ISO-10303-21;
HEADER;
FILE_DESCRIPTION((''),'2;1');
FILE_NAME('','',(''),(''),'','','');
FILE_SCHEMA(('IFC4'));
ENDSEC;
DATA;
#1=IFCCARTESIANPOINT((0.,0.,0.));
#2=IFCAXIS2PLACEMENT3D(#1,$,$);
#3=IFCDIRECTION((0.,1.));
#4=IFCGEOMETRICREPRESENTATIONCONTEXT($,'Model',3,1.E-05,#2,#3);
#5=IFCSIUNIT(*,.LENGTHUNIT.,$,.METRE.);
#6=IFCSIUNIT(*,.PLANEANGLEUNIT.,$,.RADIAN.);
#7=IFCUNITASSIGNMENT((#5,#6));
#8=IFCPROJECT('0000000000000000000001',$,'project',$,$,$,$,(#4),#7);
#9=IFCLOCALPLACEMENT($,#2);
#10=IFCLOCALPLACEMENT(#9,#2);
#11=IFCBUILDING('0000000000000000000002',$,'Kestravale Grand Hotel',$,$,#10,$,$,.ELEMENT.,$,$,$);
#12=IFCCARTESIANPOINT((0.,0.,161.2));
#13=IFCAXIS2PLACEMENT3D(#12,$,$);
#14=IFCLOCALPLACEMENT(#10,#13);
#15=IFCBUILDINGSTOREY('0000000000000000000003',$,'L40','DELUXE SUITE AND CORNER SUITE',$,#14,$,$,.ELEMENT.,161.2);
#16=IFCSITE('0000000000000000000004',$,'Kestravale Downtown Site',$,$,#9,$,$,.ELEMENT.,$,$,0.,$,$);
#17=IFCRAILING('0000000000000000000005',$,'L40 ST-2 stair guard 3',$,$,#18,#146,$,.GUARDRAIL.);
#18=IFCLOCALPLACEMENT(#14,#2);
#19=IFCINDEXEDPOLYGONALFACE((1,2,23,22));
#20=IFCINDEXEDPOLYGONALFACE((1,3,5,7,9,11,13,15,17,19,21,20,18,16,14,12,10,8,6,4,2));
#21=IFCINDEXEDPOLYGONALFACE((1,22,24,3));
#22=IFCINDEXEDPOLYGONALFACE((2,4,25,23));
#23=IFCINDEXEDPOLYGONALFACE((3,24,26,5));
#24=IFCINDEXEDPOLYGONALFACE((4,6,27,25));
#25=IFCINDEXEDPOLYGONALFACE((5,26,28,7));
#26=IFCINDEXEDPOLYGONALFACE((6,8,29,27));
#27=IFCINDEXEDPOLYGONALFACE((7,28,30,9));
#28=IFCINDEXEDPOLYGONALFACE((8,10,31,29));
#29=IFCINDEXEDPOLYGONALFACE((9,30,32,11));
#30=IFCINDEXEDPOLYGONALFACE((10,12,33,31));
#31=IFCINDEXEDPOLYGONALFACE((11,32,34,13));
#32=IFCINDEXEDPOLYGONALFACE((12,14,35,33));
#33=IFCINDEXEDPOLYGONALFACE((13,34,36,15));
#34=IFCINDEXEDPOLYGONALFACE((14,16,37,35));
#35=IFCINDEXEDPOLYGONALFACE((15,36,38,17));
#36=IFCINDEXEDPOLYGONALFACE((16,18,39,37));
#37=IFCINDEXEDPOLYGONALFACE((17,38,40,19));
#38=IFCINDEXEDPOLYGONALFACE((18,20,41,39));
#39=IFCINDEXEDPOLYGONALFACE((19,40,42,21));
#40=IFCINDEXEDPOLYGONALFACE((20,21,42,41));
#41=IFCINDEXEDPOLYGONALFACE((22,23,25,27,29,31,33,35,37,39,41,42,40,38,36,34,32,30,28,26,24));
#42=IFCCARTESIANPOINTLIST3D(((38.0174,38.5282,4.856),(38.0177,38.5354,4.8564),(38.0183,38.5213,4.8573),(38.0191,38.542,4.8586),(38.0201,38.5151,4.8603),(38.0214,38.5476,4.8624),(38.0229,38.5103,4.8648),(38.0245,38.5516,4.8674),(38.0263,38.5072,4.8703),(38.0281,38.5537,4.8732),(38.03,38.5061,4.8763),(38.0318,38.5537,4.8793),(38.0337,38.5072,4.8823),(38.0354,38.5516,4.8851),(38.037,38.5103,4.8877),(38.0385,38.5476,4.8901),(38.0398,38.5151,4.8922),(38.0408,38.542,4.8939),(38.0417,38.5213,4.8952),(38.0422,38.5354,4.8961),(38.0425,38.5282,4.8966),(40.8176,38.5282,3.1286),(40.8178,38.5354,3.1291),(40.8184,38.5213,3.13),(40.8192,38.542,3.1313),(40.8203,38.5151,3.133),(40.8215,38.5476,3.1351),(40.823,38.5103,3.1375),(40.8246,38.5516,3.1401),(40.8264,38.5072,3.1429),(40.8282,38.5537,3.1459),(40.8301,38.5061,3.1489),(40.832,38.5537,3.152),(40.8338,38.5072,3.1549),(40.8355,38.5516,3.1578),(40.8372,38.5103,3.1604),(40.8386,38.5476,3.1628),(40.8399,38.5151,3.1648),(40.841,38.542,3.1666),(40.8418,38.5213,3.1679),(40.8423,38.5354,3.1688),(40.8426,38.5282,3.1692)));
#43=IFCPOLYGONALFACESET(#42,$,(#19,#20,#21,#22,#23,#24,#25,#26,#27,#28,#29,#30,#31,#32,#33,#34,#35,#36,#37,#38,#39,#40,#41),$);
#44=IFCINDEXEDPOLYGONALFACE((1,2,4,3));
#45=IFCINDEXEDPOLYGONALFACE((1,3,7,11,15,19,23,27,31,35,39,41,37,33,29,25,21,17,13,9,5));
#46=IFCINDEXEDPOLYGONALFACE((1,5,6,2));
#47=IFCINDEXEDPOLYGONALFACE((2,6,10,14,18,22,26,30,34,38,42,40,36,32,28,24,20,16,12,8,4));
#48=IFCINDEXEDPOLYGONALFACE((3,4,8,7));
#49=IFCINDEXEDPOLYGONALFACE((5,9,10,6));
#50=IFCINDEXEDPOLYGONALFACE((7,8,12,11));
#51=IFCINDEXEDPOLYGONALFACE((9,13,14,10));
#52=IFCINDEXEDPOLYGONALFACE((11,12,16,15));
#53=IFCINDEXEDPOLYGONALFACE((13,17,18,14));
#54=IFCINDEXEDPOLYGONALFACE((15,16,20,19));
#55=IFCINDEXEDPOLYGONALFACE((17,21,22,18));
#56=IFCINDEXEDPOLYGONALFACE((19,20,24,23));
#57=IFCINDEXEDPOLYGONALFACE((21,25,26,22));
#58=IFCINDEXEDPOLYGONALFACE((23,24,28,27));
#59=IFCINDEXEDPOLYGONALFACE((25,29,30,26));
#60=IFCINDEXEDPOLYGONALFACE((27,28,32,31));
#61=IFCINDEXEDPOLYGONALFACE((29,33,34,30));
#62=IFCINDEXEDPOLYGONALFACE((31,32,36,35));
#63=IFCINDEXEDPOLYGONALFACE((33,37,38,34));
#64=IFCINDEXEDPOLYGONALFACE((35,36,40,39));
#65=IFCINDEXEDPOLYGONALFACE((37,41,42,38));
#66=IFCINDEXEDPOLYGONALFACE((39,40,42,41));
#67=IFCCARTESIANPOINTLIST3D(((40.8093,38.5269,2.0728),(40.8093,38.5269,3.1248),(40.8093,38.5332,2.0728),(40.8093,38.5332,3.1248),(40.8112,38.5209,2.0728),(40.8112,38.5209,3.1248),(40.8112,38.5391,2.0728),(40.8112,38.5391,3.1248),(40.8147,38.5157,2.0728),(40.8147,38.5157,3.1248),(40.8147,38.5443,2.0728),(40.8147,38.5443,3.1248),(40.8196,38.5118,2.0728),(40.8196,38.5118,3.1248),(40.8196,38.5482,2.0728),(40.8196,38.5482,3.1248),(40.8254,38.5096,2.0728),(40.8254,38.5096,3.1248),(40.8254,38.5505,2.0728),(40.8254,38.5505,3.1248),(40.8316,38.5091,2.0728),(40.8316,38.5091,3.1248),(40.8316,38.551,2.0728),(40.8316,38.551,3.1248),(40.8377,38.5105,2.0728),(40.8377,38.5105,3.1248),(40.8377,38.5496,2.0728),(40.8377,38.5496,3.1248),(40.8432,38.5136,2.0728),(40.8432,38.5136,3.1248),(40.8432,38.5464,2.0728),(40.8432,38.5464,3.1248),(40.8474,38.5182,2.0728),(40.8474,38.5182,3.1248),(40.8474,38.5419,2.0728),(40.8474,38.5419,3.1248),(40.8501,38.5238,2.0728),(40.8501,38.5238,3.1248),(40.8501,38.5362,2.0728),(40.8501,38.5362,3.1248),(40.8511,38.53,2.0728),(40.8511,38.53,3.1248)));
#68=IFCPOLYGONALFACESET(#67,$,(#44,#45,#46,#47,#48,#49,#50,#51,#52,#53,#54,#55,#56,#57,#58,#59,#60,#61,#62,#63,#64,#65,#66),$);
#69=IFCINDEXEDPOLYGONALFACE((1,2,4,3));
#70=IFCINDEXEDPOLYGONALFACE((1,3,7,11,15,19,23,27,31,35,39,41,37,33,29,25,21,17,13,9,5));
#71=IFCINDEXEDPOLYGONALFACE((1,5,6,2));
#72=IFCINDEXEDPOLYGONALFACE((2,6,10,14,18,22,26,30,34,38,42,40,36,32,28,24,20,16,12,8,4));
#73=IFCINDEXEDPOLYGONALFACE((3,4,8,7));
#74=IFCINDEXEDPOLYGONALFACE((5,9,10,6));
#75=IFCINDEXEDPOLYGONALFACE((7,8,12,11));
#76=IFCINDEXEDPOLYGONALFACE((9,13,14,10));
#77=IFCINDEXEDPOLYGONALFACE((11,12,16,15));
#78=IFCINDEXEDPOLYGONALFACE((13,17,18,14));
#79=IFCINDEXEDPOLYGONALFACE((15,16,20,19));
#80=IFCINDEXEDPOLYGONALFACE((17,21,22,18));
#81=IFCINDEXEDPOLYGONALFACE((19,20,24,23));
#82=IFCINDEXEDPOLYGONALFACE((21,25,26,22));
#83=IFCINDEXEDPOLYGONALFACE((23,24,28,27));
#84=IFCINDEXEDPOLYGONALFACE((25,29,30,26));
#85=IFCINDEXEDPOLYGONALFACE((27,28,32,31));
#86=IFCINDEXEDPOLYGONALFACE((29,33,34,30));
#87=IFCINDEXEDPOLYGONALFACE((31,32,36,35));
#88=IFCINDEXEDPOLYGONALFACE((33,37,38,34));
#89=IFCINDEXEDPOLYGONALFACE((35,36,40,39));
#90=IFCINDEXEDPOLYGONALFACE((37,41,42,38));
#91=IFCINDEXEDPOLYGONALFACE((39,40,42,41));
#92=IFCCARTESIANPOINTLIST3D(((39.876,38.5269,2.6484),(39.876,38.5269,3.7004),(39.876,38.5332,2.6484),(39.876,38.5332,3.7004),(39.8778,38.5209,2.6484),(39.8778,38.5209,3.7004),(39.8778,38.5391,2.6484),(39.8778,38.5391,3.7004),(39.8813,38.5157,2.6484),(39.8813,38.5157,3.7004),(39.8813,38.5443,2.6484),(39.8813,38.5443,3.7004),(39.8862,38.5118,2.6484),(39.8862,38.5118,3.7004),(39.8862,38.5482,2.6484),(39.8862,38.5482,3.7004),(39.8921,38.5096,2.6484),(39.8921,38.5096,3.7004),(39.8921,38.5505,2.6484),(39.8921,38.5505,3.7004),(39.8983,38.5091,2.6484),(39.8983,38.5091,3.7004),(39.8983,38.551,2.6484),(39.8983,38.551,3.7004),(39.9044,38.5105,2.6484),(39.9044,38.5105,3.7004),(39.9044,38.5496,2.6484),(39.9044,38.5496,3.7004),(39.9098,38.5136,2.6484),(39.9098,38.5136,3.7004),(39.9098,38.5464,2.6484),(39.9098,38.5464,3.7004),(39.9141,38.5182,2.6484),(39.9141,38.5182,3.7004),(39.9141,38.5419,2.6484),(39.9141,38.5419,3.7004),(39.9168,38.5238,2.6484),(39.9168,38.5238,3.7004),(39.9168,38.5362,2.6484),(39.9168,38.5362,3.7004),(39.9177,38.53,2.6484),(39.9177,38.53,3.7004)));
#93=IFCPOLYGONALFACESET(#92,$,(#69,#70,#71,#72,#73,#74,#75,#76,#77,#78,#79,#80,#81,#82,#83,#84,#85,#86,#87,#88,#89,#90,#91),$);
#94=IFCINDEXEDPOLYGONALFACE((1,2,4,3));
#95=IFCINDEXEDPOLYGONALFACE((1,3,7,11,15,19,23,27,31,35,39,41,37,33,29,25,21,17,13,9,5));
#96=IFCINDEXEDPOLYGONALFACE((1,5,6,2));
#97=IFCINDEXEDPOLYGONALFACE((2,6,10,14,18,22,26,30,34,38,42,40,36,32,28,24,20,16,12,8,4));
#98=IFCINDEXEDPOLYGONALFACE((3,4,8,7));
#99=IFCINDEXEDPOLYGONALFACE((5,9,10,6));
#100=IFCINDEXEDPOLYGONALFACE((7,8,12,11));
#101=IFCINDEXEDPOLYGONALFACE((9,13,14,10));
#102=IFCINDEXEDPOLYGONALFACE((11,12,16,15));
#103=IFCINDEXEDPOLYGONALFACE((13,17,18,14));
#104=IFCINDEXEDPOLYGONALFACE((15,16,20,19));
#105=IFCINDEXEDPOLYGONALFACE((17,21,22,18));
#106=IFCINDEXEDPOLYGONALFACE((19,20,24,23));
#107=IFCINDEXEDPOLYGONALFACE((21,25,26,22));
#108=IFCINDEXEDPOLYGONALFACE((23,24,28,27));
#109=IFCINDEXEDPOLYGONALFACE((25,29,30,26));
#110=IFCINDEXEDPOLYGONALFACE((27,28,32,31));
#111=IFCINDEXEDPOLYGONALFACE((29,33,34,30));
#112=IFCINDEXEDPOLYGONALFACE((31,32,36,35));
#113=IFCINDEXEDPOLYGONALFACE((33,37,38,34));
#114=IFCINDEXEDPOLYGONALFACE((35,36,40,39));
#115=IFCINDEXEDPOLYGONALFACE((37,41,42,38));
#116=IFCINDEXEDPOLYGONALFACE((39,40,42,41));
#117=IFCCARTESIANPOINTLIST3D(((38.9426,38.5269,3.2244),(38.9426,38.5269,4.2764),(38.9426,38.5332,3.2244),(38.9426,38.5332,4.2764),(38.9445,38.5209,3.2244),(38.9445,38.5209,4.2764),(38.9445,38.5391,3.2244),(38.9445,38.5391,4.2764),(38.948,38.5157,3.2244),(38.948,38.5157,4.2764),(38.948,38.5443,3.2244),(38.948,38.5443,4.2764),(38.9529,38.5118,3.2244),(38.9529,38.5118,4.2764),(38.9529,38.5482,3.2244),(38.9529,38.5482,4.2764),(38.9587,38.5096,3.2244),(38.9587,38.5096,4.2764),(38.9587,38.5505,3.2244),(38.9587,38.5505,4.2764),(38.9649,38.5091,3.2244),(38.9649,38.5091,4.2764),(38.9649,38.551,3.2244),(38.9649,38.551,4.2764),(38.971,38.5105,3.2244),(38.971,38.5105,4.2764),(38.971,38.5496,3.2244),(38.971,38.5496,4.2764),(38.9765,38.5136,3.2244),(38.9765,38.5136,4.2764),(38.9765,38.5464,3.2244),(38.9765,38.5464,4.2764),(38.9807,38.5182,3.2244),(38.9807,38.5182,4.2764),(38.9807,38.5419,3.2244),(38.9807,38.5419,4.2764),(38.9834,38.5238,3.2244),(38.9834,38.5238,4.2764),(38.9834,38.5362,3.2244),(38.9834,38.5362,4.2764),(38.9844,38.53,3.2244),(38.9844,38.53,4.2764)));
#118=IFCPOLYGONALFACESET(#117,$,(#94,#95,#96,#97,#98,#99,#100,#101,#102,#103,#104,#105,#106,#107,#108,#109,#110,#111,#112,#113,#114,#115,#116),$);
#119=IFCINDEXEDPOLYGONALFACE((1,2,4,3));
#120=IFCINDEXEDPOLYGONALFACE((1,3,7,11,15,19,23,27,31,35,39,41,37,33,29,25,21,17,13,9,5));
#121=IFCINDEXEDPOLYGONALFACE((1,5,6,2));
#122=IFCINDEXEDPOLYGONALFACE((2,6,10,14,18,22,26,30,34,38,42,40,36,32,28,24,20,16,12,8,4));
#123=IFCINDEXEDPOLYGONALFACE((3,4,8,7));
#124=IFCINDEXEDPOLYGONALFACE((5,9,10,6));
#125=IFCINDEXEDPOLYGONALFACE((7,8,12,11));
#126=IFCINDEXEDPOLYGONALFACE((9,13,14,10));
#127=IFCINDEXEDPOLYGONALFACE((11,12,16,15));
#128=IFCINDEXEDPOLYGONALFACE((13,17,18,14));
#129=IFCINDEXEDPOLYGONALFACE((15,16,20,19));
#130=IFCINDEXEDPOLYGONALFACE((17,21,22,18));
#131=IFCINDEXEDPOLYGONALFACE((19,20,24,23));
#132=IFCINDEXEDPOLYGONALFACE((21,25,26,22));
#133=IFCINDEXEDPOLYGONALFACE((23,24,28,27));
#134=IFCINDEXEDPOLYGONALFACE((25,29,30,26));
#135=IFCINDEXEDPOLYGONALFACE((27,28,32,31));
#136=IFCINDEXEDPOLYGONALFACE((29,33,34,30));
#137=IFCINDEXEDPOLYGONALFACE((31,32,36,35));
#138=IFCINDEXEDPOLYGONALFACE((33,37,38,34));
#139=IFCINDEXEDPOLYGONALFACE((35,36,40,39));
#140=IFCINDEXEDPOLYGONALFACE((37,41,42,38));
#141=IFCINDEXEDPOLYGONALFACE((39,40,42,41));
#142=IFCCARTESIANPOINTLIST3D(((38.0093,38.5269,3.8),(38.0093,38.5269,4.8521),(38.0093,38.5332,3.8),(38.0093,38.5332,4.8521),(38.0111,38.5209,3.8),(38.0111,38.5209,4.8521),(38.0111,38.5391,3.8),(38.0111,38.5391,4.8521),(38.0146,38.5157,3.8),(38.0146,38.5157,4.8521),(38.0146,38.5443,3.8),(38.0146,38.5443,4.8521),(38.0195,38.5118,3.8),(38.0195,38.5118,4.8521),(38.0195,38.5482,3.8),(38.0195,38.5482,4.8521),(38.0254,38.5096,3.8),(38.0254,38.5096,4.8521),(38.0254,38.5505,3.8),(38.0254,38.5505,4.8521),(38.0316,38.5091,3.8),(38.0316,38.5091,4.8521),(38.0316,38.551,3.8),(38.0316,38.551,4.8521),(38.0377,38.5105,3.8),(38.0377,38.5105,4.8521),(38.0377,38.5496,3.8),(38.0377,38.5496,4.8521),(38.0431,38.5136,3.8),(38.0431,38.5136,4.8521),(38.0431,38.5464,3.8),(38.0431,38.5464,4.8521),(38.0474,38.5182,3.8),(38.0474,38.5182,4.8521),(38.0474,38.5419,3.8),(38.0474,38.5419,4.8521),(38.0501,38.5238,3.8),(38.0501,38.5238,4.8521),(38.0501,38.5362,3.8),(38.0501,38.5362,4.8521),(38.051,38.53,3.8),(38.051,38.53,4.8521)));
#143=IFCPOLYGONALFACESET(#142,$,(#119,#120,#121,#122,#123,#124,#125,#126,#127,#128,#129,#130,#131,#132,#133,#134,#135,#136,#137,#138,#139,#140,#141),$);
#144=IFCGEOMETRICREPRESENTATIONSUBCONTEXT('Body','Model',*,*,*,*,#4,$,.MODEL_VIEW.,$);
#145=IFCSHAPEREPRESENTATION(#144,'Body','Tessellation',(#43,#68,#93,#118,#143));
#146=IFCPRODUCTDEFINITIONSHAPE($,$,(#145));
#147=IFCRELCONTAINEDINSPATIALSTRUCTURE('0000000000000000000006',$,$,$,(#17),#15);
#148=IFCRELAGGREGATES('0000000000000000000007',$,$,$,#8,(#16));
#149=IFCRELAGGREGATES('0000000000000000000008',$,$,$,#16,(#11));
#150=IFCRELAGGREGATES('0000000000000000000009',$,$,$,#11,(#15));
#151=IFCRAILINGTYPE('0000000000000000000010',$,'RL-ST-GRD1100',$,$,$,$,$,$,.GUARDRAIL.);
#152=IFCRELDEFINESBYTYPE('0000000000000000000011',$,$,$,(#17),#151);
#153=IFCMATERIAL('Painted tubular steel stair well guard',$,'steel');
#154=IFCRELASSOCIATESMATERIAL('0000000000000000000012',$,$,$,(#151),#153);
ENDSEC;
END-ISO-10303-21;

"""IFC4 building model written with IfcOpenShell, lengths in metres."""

from ifc_helpers import new_model, si_unit, direction, frame, origin, origin_2d, place, context, subcontext, project, spatial, circle, extrude, material, type_object, element, save


model = new_model("IFC4")

# Units and contexts
model_context = context("Model", 3, precision=1e-05, world=origin(), true_north=direction((0.0, 1.0)))
body_context = subcontext(model_context, "Body", "Model", "MODEL_VIEW")
ifc_project = project(units=[si_unit("LENGTHUNIT", "METRE"), si_unit("PLANEANGLEUNIT", "RADIAN")], contexts=[model_context])

# Site, building, storey
site_placement = place(None, origin())
site = spatial("IfcSite", under=ifc_project, at=site_placement, Name="Kestravale Downtown Site", CompositionType="ELEMENT", RefElevation=0.0)
building_placement = place(site_placement, origin())
building = spatial("IfcBuilding", under=site, at=building_placement, Name="Kestravale Grand Hotel", CompositionType="ELEMENT")
storey_placement = place(building_placement, frame((0.0, 0.0, 161.2)))
storey = spatial("IfcBuildingStorey", under=building, at=storey_placement, Name="L40", Description="DELUXE SUITE AND CORNER SUITE", CompositionType="ELEMENT", Elevation=161.2)

# Railing
ifc_material_1 = material(Name="Painted tubular steel stair well guard", Category="steel")
railing_type_1 = type_object("IfcRailingType", Name="RL-ST-GRD1100", PredefinedType="GUARDRAIL", material=ifc_material_1)
railing_1_placement = place(storey_placement, frame((40.8301, 38.53, 2.0728)))
element("IfcRailing", 1, at=railing_1_placement, inside=storey, type_object=railing_type_1, Name="L40 ST-2 stair guard 3", PredefinedType="GUARDRAIL", context=body_context, shape_type="SweptSolid", body=[
    extrude(circle(Radius=0.0239, at=origin_2d()), frame((0.0, 0.0, 1.0762), z_axis=(-0.85109, 0.0, 0.52502), x_axis=(0.0, -1.0, 0.0)), (0.0, 0.0, 1.0), 3.29),
    extrude(circle(Radius=0.021, at=origin_2d()), origin(), (0.0, 0.0, 1.0), 1.052),
    extrude(circle(Radius=0.021, at=origin_2d()), frame((-0.9333, 0.0, 0.5757)), (0.0, 0.0, 1.0), 1.052),
    extrude(circle(Radius=0.021, at=origin_2d()), frame((-1.8667, 0.0, 1.1516)), (0.0, 0.0, 1.0), 1.052),
    extrude(circle(Radius=0.021, at=origin_2d()), frame((-2.8, 0.0, 1.7273)), (0.0, 0.0, 1.0), 1.052),
])

save(model, "model.ifc")
